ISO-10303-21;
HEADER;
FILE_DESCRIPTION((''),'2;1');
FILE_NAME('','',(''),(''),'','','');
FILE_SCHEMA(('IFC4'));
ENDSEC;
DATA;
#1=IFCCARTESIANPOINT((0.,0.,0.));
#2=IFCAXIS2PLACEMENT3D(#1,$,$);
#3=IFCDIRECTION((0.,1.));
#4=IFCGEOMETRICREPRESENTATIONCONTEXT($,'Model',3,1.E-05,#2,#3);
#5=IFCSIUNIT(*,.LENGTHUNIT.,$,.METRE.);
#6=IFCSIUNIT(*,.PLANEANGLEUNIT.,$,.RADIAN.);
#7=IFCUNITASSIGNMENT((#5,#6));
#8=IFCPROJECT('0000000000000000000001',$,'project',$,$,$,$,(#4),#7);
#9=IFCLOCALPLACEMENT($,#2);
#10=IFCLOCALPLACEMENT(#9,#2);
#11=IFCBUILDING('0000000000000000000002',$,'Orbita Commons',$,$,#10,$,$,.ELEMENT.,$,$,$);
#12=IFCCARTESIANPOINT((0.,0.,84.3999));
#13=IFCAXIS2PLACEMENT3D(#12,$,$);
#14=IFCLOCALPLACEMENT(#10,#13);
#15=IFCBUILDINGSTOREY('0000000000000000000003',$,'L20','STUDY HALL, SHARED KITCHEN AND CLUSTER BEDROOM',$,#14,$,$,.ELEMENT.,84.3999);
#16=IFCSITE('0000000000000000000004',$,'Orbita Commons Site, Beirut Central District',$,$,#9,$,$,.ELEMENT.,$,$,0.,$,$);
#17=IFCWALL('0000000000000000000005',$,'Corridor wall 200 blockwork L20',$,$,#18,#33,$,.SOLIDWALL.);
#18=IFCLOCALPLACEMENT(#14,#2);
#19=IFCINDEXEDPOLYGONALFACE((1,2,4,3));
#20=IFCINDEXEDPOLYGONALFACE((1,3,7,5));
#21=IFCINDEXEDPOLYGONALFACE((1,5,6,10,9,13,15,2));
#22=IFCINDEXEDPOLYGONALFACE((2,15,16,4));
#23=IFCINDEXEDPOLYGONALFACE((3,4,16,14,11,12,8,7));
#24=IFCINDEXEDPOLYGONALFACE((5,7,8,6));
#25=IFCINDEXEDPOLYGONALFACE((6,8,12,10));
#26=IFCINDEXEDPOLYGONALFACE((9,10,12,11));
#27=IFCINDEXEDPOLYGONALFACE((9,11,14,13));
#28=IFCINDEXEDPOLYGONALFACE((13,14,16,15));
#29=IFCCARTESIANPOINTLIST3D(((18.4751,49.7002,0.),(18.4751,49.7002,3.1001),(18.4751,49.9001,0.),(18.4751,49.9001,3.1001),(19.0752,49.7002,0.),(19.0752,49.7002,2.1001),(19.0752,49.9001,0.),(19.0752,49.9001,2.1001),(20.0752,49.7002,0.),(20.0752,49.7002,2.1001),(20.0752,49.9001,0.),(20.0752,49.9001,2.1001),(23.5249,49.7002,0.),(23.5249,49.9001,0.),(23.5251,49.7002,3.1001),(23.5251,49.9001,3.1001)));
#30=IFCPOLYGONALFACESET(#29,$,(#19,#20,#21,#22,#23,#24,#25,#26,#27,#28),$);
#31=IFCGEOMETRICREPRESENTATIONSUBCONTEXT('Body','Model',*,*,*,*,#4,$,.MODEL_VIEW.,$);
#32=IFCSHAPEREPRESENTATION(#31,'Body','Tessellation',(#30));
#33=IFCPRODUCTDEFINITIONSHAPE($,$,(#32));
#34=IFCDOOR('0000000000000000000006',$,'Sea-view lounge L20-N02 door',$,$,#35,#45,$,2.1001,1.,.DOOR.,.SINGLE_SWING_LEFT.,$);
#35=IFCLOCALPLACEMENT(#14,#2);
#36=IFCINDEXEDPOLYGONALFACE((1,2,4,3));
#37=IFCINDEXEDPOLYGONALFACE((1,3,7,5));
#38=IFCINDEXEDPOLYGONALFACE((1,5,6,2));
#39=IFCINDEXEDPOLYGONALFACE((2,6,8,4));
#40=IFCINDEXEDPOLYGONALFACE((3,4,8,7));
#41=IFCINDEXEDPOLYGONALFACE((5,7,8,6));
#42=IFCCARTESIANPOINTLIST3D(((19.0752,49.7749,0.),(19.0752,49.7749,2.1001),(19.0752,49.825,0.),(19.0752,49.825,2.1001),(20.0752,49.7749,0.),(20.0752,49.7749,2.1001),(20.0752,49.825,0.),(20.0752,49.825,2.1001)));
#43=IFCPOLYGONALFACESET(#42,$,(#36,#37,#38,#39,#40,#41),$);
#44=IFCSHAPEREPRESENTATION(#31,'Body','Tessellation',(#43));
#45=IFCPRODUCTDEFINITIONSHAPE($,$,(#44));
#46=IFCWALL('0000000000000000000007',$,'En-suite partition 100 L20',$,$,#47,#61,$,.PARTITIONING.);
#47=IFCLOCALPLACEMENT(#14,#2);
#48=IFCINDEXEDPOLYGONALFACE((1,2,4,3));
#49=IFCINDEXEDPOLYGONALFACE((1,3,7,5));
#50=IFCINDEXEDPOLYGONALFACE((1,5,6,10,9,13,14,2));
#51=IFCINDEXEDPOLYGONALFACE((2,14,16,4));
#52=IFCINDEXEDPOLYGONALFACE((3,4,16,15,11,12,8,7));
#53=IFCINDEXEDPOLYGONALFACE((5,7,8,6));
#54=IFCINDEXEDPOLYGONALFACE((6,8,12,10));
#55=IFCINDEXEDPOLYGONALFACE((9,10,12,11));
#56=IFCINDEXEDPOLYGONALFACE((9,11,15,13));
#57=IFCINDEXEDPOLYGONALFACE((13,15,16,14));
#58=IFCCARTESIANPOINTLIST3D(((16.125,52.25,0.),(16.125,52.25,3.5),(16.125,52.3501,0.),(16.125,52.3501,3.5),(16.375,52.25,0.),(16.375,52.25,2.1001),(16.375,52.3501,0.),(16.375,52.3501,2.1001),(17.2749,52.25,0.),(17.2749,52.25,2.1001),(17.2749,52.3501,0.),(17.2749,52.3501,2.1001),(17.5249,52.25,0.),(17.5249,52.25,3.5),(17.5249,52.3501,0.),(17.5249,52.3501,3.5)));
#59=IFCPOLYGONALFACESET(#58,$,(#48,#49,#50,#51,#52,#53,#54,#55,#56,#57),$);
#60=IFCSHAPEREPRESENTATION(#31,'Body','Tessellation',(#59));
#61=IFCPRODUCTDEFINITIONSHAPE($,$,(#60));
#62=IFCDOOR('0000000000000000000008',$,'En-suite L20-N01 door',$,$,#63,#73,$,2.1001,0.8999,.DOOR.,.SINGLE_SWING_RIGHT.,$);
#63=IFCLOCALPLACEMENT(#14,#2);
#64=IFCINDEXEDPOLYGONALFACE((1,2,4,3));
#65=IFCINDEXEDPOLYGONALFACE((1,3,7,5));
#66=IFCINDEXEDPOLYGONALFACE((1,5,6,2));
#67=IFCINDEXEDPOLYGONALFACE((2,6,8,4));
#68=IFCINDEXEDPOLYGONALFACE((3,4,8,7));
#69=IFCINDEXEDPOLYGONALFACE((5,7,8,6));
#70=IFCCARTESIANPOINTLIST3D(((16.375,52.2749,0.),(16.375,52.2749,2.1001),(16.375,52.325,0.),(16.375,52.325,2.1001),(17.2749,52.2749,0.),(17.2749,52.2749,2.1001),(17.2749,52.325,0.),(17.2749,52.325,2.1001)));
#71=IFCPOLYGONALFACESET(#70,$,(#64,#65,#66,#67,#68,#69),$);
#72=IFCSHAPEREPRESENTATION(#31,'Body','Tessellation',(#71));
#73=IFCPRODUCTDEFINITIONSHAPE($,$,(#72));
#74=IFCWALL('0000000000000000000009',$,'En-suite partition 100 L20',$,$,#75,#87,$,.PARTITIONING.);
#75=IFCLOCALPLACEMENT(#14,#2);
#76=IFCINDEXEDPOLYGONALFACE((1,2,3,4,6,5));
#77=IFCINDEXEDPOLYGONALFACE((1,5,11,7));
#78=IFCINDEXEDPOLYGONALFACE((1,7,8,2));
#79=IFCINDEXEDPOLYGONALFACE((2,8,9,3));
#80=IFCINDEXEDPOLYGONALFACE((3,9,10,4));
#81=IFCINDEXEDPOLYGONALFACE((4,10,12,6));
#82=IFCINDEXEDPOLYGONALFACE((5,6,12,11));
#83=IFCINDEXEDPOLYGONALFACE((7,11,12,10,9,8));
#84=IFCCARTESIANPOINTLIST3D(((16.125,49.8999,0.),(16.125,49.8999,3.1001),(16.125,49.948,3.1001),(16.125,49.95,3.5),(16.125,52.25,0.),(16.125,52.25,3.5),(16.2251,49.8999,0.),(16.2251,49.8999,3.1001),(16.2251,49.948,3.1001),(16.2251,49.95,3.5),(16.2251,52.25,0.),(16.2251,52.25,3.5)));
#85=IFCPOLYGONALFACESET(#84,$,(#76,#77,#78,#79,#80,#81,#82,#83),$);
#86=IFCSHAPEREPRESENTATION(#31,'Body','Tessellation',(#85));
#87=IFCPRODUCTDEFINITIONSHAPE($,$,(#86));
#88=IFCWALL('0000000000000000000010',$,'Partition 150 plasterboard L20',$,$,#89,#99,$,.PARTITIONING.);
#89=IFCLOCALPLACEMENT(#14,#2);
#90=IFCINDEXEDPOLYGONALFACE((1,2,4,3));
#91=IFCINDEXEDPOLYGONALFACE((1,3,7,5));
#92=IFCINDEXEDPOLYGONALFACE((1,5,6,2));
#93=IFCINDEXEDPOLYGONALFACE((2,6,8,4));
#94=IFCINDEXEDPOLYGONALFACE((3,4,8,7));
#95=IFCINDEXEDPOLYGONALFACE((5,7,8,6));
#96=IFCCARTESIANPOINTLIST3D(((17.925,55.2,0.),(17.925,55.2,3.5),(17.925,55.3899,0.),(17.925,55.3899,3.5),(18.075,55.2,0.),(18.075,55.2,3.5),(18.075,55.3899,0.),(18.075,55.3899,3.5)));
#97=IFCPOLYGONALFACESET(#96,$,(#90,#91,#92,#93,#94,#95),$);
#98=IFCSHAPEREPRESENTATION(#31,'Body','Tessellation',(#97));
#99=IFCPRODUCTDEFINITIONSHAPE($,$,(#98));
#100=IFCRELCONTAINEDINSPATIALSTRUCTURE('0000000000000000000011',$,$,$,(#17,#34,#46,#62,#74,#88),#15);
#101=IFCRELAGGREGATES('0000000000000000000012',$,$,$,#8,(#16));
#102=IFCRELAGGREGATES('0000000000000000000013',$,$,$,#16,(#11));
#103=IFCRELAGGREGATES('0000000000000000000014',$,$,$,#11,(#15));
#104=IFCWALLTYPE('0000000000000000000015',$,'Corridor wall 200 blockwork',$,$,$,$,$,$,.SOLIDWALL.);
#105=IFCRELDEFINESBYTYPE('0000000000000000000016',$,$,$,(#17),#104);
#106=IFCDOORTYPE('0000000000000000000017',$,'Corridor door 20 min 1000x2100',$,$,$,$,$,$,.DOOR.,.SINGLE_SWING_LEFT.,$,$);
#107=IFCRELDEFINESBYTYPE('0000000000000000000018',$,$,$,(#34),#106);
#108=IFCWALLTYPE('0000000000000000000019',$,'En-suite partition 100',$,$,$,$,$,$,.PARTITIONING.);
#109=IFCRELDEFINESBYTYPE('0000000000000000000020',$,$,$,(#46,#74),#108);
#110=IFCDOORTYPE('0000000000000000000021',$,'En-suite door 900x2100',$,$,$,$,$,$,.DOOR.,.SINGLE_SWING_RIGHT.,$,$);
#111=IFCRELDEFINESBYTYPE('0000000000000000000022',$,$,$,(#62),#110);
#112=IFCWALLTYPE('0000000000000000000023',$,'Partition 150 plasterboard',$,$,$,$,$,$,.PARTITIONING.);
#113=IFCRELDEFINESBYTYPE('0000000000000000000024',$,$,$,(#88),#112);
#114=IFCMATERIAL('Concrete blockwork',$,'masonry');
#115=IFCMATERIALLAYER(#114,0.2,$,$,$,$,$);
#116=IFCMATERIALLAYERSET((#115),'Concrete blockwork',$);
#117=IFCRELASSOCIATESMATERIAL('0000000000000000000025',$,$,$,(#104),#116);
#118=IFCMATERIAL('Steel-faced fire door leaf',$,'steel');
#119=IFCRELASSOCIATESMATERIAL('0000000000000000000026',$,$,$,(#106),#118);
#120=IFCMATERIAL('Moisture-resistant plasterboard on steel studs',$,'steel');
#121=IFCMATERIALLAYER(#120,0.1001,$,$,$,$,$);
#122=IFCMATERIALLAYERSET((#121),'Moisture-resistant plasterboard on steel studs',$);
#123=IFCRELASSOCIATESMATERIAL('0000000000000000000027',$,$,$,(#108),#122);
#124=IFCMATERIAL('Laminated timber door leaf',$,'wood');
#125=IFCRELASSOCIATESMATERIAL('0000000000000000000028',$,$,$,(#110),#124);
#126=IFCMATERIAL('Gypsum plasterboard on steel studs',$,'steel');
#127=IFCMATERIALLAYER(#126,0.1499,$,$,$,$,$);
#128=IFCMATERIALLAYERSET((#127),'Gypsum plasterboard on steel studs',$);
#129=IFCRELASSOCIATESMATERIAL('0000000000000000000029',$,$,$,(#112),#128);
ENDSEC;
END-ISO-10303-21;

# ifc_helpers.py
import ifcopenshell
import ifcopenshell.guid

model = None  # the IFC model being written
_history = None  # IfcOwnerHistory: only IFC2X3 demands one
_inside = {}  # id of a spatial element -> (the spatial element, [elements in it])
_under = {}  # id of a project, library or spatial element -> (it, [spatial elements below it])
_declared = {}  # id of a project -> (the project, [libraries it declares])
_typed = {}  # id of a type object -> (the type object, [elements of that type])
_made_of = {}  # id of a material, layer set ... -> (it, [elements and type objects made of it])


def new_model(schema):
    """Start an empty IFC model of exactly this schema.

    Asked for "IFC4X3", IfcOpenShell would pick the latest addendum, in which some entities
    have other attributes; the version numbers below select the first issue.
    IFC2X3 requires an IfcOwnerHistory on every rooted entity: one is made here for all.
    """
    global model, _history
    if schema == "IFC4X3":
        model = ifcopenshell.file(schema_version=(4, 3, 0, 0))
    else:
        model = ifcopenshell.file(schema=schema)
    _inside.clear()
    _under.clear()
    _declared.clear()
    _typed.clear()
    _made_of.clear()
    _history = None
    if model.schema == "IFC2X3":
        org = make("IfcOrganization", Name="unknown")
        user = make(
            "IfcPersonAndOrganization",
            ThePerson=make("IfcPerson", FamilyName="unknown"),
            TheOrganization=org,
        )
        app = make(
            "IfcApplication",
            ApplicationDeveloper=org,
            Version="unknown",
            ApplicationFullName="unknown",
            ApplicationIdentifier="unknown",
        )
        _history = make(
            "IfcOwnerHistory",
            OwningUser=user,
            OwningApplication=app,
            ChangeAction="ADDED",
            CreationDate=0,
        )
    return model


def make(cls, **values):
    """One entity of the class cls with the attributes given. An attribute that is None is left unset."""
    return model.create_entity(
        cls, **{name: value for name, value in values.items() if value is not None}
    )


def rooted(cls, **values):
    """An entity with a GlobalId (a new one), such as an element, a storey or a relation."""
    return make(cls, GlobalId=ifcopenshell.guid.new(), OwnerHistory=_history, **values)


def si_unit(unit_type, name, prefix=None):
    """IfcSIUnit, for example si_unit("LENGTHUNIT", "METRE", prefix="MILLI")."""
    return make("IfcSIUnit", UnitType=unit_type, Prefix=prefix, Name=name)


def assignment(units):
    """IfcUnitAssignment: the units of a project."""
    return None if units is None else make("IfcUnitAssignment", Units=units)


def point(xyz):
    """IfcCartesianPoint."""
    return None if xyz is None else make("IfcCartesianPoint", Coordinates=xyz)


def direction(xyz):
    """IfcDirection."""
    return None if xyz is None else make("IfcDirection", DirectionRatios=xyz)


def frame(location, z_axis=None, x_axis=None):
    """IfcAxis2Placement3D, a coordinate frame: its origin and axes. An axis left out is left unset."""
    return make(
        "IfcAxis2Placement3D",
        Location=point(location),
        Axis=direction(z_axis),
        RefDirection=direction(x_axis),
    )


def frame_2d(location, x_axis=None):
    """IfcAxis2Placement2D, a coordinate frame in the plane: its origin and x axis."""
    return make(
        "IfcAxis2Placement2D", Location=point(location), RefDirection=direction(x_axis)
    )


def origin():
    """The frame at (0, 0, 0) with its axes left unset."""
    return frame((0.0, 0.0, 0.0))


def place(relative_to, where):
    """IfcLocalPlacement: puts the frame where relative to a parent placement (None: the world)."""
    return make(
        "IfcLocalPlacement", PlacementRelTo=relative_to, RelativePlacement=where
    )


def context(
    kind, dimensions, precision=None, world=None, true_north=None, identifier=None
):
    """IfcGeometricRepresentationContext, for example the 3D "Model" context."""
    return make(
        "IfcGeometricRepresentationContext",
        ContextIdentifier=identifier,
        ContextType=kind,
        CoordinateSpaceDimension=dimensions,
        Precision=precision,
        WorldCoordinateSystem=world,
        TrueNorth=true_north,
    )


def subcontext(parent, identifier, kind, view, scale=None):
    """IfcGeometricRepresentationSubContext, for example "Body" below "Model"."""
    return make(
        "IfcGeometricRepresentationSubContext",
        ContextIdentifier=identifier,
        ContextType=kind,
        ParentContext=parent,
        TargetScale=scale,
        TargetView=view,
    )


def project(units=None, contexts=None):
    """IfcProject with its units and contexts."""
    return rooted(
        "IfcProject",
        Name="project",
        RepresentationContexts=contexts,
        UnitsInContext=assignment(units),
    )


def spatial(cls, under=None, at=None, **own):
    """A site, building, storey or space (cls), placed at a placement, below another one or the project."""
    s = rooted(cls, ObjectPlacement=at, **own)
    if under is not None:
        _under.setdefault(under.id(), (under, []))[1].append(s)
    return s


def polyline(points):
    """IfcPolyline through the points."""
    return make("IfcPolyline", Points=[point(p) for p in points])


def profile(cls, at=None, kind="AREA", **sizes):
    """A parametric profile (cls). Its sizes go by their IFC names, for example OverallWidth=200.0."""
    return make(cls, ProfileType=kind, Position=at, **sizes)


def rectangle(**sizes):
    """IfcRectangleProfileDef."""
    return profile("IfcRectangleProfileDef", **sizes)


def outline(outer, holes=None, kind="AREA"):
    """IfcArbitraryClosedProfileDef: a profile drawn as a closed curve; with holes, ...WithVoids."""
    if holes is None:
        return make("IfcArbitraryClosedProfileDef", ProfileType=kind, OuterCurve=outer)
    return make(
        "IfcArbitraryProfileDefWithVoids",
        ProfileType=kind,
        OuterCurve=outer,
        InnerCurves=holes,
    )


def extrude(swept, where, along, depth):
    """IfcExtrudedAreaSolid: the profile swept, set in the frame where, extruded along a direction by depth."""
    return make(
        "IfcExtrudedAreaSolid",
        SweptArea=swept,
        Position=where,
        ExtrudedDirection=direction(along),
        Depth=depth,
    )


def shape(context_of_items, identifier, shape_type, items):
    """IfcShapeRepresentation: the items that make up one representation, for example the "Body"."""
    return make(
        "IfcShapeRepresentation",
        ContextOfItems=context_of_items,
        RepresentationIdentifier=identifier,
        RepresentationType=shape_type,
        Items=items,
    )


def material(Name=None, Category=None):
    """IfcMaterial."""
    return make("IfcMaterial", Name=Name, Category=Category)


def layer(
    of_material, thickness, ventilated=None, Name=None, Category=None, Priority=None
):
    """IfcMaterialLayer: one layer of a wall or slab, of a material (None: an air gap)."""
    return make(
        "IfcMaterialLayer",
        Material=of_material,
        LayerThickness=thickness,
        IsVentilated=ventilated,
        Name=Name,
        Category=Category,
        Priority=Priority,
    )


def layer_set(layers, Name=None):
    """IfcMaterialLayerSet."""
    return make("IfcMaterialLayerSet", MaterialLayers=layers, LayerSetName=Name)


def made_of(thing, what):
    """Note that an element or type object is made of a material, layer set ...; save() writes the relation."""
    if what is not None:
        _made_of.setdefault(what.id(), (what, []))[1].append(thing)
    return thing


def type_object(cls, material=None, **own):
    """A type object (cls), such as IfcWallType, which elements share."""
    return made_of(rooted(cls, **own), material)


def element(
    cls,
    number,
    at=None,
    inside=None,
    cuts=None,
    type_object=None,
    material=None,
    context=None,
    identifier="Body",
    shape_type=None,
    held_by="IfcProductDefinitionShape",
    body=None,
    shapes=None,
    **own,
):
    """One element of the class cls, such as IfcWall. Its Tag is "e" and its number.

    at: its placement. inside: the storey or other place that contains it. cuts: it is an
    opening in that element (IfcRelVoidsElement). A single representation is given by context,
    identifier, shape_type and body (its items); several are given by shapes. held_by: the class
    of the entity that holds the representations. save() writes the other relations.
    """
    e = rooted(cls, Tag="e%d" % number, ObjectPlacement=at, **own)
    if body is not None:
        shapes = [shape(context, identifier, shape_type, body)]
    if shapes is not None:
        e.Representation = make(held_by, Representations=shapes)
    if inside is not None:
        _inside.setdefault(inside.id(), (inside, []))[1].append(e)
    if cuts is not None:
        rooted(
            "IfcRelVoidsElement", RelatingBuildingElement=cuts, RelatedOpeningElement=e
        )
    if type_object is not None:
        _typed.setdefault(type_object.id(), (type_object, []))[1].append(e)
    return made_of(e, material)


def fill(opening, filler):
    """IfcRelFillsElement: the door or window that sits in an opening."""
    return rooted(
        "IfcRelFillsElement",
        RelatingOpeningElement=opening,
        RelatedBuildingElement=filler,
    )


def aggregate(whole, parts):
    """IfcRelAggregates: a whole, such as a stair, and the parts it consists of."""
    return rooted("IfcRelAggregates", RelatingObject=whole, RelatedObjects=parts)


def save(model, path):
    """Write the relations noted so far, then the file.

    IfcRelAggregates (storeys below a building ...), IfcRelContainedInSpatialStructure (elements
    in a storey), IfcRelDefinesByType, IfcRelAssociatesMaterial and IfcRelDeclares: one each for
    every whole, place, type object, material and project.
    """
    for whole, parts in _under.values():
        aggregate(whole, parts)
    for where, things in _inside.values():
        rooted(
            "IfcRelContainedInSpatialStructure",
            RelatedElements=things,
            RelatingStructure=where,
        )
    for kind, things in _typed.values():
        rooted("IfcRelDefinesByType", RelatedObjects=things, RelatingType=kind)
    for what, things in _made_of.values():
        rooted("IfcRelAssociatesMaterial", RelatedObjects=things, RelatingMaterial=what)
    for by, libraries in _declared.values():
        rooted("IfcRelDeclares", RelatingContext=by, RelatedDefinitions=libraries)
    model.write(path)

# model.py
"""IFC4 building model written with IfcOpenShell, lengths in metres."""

from ifc_helpers import new_model, si_unit, direction, frame, frame_2d, origin, place, context, subcontext, project, spatial, polyline, rectangle, outline, extrude, material, layer, layer_set, type_object, element, fill, save


model = new_model("IFC4")

# Units and contexts
model_context = context("Model", 3, precision=1e-05, world=origin(), true_north=direction((0.0, 1.0)))
body_context = subcontext(model_context, "Body", "Model", "MODEL_VIEW")
ifc_project = project(units=[si_unit("LENGTHUNIT", "METRE"), si_unit("PLANEANGLEUNIT", "RADIAN")], contexts=[model_context])

# Site, building, storey
site_placement = place(None, origin())
site = spatial("IfcSite", under=ifc_project, at=site_placement, Name="Orbita Commons Site, Beirut Central District", CompositionType="ELEMENT", RefElevation=0.0)
building_placement = place(site_placement, origin())
building = spatial("IfcBuilding", under=site, at=building_placement, Name="Orbita Commons", CompositionType="ELEMENT")
storey_placement = place(building_placement, frame((0.0, 0.0, 84.3999)))
storey = spatial("IfcBuildingStorey", under=building, at=storey_placement, Name="L20", Description="STUDY HALL, SHARED KITCHEN AND CLUSTER BEDROOM", CompositionType="ELEMENT", Elevation=84.3999)

# Walls, openings, doors
ifc_material_1 = material(Name="Concrete blockwork", Category="masonry")
ifc_layer_1 = layer(ifc_material_1, 0.2)
ifc_layer_set_1 = layer_set([ifc_layer_1], Name="Concrete blockwork")
wall_type_1 = type_object("IfcWallType", Name="Corridor wall 200 blockwork", PredefinedType="SOLIDWALL", material=ifc_layer_set_1)
wall_1_placement = place(storey_placement, frame((18.4751, 49.8, 0.0), z_axis=(0.0, 0.0, 1.0), x_axis=(1.0, 0.0, 0.0)))
wall_1 = element("IfcWall", 1, at=wall_1_placement, inside=storey, type_object=wall_type_1, Name="Corridor wall 200 blockwork L20", PredefinedType="SOLIDWALL", context=body_context, shape_type="SweptSolid", body=[
    extrude(outline(polyline([(0.0, 0.0), (5.0498, 0.0), (5.05, 3.1001), (0.0, 3.1001), (0.0, 0.0)])), frame((0.0, 0.1001, 0.0), z_axis=(0.0, -1.0, 0.0), x_axis=(1.0, 0.0, 0.0)), (0.0, 0.0, 1.0), 0.2),
])
opening_1_placement = place(wall_1_placement, frame((0.6001, 0.0, 0.0)))
opening_1 = element("IfcOpeningElement", 2, at=opening_1_placement, cuts=wall_1, PredefinedType="OPENING", context=body_context, shape_type="SweptSolid", body=[
    extrude(rectangle(XDim=1.0, YDim=2.1001, at=frame_2d((0.5, 1.05))), frame((0.0, 0.1099, 0.0), z_axis=(0.0, -1.0, 0.0), x_axis=(1.0, 0.0, 0.0)), (0.0, 0.0, 1.0), 0.22),
])
ifc_material_2 = material(Name="Steel-faced fire door leaf", Category="steel")
door_type_1 = type_object("IfcDoorType", Name="Corridor door 20 min 1000x2100", OperationType="SINGLE_SWING_LEFT", PredefinedType="DOOR", material=ifc_material_2)
door_1_placement = place(opening_1_placement, origin())
door_1 = element("IfcDoor", 3, at=door_1_placement, inside=storey, type_object=door_type_1, Name="Sea-view lounge L20-N02 door", OperationType="SINGLE_SWING_LEFT", OverallHeight=2.1001, OverallWidth=1.0, PredefinedType="DOOR", context=body_context, shape_type="SweptSolid", body=[
    extrude(rectangle(XDim=1.0, YDim=2.1001, at=frame_2d((0.5, 1.05))), frame((0.0, 0.0249, 0.0), z_axis=(0.0, -1.0, 0.0), x_axis=(1.0, 0.0, 0.0)), (0.0, 0.0, 1.0), 0.05),
])
fill(opening_1, door_1)
ifc_material_3 = material(Name="Moisture-resistant plasterboard on steel studs", Category="steel")
ifc_layer_2 = layer(ifc_material_3, 0.1001)
ifc_layer_set_2 = layer_set([ifc_layer_2], Name="Moisture-resistant plasterboard on steel studs")
wall_type_2 = type_object("IfcWallType", Name="En-suite partition 100", PredefinedType="PARTITIONING", material=ifc_layer_set_2)
wall_2_placement = place(storey_placement, frame((16.125, 52.3, 0.0), z_axis=(0.0, 0.0, 1.0), x_axis=(1.0, 0.0, 0.0)))
wall_2 = element("IfcWall", 4, at=wall_2_placement, inside=storey, type_object=wall_type_2, Name="En-suite partition 100 L20", PredefinedType="PARTITIONING", context=body_context, shape_type="SweptSolid", body=[
    extrude(rectangle(XDim=1.3999, YDim=0.1001, at=frame_2d((0.7, 0.0))), origin(), (0.0, 0.0, 1.0), 3.5),
])
opening_2_placement = place(wall_2_placement, frame((0.25, 0.0, 0.0)))
opening_2 = element("IfcOpeningElement", 5, at=opening_2_placement, cuts=wall_2, PredefinedType="OPENING", context=body_context, shape_type="SweptSolid", body=[
    extrude(rectangle(XDim=0.8999, YDim=2.1001, at=frame_2d((0.45, 1.05))), frame((0.0, 0.0601, 0.0), z_axis=(0.0, -1.0, 0.0), x_axis=(1.0, 0.0, 0.0)), (0.0, 0.0, 1.0), 0.1201),
])
ifc_material_4 = material(Name="Laminated timber door leaf", Category="wood")
door_type_2 = type_object("IfcDoorType", Name="En-suite door 900x2100", OperationType="SINGLE_SWING_RIGHT", PredefinedType="DOOR", material=ifc_material_4)
door_2_placement = place(opening_2_placement, origin())
door_2 = element("IfcDoor", 6, at=door_2_placement, inside=storey, type_object=door_type_2, Name="En-suite L20-N01 door", OperationType="SINGLE_SWING_RIGHT", OverallHeight=2.1001, OverallWidth=0.8999, PredefinedType="DOOR", context=body_context, shape_type="SweptSolid", body=[
    extrude(rectangle(XDim=0.8999, YDim=2.1001, at=frame_2d((0.45, 1.05))), frame((0.0, 0.0249, 0.0), z_axis=(0.0, -1.0, 0.0), x_axis=(1.0, 0.0, 0.0)), (0.0, 0.0, 1.0), 0.05),
])
fill(opening_2, door_2)

# Walls
wall_3_placement = place(storey_placement, frame((16.175, 52.25, 0.0), z_axis=(0.0, 0.0, 1.0), x_axis=(0.0, -1.0, 0.0)))
element("IfcWall", 7, at=wall_3_placement, inside=storey, type_object=wall_type_2, Name="En-suite partition 100 L20", PredefinedType="PARTITIONING", context=body_context, shape_type="SweptSolid", body=[
    extrude(outline(polyline([(0.0, 0.0), (2.3501, 0.0), (2.3501, 3.1001), (2.302, 3.1001), (2.3, 3.5), (0.0, 3.5), (0.0, 0.0)])), frame((0.0, 0.05, 0.0), z_axis=(0.0, -1.0, 0.0), x_axis=(1.0, 0.0, 0.0)), (0.0, 0.0, 1.0), 0.1001),
])
ifc_material_5 = material(Name="Gypsum plasterboard on steel studs", Category="steel")
ifc_layer_3 = layer(ifc_material_5, 0.1499)
ifc_layer_set_3 = layer_set([ifc_layer_3], Name="Gypsum plasterboard on steel studs")
wall_type_3 = type_object("IfcWallType", Name="Partition 150 plasterboard", PredefinedType="PARTITIONING", material=ifc_layer_set_3)
wall_4_placement = place(storey_placement, frame((18.0, 55.2, 0.0), z_axis=(0.0, 0.0, 1.0), x_axis=(0.0, 1.0, 0.0)))
element("IfcWall", 8, at=wall_4_placement, inside=storey, type_object=wall_type_3, Name="Partition 150 plasterboard L20", PredefinedType="PARTITIONING", context=body_context, shape_type="SweptSolid", body=[
    extrude(rectangle(XDim=0.1899, YDim=0.1499, at=frame_2d((0.095, 0.0))), origin(), (0.0, 0.0, 1.0), 3.5),
])

save(model, "model.ifc")
